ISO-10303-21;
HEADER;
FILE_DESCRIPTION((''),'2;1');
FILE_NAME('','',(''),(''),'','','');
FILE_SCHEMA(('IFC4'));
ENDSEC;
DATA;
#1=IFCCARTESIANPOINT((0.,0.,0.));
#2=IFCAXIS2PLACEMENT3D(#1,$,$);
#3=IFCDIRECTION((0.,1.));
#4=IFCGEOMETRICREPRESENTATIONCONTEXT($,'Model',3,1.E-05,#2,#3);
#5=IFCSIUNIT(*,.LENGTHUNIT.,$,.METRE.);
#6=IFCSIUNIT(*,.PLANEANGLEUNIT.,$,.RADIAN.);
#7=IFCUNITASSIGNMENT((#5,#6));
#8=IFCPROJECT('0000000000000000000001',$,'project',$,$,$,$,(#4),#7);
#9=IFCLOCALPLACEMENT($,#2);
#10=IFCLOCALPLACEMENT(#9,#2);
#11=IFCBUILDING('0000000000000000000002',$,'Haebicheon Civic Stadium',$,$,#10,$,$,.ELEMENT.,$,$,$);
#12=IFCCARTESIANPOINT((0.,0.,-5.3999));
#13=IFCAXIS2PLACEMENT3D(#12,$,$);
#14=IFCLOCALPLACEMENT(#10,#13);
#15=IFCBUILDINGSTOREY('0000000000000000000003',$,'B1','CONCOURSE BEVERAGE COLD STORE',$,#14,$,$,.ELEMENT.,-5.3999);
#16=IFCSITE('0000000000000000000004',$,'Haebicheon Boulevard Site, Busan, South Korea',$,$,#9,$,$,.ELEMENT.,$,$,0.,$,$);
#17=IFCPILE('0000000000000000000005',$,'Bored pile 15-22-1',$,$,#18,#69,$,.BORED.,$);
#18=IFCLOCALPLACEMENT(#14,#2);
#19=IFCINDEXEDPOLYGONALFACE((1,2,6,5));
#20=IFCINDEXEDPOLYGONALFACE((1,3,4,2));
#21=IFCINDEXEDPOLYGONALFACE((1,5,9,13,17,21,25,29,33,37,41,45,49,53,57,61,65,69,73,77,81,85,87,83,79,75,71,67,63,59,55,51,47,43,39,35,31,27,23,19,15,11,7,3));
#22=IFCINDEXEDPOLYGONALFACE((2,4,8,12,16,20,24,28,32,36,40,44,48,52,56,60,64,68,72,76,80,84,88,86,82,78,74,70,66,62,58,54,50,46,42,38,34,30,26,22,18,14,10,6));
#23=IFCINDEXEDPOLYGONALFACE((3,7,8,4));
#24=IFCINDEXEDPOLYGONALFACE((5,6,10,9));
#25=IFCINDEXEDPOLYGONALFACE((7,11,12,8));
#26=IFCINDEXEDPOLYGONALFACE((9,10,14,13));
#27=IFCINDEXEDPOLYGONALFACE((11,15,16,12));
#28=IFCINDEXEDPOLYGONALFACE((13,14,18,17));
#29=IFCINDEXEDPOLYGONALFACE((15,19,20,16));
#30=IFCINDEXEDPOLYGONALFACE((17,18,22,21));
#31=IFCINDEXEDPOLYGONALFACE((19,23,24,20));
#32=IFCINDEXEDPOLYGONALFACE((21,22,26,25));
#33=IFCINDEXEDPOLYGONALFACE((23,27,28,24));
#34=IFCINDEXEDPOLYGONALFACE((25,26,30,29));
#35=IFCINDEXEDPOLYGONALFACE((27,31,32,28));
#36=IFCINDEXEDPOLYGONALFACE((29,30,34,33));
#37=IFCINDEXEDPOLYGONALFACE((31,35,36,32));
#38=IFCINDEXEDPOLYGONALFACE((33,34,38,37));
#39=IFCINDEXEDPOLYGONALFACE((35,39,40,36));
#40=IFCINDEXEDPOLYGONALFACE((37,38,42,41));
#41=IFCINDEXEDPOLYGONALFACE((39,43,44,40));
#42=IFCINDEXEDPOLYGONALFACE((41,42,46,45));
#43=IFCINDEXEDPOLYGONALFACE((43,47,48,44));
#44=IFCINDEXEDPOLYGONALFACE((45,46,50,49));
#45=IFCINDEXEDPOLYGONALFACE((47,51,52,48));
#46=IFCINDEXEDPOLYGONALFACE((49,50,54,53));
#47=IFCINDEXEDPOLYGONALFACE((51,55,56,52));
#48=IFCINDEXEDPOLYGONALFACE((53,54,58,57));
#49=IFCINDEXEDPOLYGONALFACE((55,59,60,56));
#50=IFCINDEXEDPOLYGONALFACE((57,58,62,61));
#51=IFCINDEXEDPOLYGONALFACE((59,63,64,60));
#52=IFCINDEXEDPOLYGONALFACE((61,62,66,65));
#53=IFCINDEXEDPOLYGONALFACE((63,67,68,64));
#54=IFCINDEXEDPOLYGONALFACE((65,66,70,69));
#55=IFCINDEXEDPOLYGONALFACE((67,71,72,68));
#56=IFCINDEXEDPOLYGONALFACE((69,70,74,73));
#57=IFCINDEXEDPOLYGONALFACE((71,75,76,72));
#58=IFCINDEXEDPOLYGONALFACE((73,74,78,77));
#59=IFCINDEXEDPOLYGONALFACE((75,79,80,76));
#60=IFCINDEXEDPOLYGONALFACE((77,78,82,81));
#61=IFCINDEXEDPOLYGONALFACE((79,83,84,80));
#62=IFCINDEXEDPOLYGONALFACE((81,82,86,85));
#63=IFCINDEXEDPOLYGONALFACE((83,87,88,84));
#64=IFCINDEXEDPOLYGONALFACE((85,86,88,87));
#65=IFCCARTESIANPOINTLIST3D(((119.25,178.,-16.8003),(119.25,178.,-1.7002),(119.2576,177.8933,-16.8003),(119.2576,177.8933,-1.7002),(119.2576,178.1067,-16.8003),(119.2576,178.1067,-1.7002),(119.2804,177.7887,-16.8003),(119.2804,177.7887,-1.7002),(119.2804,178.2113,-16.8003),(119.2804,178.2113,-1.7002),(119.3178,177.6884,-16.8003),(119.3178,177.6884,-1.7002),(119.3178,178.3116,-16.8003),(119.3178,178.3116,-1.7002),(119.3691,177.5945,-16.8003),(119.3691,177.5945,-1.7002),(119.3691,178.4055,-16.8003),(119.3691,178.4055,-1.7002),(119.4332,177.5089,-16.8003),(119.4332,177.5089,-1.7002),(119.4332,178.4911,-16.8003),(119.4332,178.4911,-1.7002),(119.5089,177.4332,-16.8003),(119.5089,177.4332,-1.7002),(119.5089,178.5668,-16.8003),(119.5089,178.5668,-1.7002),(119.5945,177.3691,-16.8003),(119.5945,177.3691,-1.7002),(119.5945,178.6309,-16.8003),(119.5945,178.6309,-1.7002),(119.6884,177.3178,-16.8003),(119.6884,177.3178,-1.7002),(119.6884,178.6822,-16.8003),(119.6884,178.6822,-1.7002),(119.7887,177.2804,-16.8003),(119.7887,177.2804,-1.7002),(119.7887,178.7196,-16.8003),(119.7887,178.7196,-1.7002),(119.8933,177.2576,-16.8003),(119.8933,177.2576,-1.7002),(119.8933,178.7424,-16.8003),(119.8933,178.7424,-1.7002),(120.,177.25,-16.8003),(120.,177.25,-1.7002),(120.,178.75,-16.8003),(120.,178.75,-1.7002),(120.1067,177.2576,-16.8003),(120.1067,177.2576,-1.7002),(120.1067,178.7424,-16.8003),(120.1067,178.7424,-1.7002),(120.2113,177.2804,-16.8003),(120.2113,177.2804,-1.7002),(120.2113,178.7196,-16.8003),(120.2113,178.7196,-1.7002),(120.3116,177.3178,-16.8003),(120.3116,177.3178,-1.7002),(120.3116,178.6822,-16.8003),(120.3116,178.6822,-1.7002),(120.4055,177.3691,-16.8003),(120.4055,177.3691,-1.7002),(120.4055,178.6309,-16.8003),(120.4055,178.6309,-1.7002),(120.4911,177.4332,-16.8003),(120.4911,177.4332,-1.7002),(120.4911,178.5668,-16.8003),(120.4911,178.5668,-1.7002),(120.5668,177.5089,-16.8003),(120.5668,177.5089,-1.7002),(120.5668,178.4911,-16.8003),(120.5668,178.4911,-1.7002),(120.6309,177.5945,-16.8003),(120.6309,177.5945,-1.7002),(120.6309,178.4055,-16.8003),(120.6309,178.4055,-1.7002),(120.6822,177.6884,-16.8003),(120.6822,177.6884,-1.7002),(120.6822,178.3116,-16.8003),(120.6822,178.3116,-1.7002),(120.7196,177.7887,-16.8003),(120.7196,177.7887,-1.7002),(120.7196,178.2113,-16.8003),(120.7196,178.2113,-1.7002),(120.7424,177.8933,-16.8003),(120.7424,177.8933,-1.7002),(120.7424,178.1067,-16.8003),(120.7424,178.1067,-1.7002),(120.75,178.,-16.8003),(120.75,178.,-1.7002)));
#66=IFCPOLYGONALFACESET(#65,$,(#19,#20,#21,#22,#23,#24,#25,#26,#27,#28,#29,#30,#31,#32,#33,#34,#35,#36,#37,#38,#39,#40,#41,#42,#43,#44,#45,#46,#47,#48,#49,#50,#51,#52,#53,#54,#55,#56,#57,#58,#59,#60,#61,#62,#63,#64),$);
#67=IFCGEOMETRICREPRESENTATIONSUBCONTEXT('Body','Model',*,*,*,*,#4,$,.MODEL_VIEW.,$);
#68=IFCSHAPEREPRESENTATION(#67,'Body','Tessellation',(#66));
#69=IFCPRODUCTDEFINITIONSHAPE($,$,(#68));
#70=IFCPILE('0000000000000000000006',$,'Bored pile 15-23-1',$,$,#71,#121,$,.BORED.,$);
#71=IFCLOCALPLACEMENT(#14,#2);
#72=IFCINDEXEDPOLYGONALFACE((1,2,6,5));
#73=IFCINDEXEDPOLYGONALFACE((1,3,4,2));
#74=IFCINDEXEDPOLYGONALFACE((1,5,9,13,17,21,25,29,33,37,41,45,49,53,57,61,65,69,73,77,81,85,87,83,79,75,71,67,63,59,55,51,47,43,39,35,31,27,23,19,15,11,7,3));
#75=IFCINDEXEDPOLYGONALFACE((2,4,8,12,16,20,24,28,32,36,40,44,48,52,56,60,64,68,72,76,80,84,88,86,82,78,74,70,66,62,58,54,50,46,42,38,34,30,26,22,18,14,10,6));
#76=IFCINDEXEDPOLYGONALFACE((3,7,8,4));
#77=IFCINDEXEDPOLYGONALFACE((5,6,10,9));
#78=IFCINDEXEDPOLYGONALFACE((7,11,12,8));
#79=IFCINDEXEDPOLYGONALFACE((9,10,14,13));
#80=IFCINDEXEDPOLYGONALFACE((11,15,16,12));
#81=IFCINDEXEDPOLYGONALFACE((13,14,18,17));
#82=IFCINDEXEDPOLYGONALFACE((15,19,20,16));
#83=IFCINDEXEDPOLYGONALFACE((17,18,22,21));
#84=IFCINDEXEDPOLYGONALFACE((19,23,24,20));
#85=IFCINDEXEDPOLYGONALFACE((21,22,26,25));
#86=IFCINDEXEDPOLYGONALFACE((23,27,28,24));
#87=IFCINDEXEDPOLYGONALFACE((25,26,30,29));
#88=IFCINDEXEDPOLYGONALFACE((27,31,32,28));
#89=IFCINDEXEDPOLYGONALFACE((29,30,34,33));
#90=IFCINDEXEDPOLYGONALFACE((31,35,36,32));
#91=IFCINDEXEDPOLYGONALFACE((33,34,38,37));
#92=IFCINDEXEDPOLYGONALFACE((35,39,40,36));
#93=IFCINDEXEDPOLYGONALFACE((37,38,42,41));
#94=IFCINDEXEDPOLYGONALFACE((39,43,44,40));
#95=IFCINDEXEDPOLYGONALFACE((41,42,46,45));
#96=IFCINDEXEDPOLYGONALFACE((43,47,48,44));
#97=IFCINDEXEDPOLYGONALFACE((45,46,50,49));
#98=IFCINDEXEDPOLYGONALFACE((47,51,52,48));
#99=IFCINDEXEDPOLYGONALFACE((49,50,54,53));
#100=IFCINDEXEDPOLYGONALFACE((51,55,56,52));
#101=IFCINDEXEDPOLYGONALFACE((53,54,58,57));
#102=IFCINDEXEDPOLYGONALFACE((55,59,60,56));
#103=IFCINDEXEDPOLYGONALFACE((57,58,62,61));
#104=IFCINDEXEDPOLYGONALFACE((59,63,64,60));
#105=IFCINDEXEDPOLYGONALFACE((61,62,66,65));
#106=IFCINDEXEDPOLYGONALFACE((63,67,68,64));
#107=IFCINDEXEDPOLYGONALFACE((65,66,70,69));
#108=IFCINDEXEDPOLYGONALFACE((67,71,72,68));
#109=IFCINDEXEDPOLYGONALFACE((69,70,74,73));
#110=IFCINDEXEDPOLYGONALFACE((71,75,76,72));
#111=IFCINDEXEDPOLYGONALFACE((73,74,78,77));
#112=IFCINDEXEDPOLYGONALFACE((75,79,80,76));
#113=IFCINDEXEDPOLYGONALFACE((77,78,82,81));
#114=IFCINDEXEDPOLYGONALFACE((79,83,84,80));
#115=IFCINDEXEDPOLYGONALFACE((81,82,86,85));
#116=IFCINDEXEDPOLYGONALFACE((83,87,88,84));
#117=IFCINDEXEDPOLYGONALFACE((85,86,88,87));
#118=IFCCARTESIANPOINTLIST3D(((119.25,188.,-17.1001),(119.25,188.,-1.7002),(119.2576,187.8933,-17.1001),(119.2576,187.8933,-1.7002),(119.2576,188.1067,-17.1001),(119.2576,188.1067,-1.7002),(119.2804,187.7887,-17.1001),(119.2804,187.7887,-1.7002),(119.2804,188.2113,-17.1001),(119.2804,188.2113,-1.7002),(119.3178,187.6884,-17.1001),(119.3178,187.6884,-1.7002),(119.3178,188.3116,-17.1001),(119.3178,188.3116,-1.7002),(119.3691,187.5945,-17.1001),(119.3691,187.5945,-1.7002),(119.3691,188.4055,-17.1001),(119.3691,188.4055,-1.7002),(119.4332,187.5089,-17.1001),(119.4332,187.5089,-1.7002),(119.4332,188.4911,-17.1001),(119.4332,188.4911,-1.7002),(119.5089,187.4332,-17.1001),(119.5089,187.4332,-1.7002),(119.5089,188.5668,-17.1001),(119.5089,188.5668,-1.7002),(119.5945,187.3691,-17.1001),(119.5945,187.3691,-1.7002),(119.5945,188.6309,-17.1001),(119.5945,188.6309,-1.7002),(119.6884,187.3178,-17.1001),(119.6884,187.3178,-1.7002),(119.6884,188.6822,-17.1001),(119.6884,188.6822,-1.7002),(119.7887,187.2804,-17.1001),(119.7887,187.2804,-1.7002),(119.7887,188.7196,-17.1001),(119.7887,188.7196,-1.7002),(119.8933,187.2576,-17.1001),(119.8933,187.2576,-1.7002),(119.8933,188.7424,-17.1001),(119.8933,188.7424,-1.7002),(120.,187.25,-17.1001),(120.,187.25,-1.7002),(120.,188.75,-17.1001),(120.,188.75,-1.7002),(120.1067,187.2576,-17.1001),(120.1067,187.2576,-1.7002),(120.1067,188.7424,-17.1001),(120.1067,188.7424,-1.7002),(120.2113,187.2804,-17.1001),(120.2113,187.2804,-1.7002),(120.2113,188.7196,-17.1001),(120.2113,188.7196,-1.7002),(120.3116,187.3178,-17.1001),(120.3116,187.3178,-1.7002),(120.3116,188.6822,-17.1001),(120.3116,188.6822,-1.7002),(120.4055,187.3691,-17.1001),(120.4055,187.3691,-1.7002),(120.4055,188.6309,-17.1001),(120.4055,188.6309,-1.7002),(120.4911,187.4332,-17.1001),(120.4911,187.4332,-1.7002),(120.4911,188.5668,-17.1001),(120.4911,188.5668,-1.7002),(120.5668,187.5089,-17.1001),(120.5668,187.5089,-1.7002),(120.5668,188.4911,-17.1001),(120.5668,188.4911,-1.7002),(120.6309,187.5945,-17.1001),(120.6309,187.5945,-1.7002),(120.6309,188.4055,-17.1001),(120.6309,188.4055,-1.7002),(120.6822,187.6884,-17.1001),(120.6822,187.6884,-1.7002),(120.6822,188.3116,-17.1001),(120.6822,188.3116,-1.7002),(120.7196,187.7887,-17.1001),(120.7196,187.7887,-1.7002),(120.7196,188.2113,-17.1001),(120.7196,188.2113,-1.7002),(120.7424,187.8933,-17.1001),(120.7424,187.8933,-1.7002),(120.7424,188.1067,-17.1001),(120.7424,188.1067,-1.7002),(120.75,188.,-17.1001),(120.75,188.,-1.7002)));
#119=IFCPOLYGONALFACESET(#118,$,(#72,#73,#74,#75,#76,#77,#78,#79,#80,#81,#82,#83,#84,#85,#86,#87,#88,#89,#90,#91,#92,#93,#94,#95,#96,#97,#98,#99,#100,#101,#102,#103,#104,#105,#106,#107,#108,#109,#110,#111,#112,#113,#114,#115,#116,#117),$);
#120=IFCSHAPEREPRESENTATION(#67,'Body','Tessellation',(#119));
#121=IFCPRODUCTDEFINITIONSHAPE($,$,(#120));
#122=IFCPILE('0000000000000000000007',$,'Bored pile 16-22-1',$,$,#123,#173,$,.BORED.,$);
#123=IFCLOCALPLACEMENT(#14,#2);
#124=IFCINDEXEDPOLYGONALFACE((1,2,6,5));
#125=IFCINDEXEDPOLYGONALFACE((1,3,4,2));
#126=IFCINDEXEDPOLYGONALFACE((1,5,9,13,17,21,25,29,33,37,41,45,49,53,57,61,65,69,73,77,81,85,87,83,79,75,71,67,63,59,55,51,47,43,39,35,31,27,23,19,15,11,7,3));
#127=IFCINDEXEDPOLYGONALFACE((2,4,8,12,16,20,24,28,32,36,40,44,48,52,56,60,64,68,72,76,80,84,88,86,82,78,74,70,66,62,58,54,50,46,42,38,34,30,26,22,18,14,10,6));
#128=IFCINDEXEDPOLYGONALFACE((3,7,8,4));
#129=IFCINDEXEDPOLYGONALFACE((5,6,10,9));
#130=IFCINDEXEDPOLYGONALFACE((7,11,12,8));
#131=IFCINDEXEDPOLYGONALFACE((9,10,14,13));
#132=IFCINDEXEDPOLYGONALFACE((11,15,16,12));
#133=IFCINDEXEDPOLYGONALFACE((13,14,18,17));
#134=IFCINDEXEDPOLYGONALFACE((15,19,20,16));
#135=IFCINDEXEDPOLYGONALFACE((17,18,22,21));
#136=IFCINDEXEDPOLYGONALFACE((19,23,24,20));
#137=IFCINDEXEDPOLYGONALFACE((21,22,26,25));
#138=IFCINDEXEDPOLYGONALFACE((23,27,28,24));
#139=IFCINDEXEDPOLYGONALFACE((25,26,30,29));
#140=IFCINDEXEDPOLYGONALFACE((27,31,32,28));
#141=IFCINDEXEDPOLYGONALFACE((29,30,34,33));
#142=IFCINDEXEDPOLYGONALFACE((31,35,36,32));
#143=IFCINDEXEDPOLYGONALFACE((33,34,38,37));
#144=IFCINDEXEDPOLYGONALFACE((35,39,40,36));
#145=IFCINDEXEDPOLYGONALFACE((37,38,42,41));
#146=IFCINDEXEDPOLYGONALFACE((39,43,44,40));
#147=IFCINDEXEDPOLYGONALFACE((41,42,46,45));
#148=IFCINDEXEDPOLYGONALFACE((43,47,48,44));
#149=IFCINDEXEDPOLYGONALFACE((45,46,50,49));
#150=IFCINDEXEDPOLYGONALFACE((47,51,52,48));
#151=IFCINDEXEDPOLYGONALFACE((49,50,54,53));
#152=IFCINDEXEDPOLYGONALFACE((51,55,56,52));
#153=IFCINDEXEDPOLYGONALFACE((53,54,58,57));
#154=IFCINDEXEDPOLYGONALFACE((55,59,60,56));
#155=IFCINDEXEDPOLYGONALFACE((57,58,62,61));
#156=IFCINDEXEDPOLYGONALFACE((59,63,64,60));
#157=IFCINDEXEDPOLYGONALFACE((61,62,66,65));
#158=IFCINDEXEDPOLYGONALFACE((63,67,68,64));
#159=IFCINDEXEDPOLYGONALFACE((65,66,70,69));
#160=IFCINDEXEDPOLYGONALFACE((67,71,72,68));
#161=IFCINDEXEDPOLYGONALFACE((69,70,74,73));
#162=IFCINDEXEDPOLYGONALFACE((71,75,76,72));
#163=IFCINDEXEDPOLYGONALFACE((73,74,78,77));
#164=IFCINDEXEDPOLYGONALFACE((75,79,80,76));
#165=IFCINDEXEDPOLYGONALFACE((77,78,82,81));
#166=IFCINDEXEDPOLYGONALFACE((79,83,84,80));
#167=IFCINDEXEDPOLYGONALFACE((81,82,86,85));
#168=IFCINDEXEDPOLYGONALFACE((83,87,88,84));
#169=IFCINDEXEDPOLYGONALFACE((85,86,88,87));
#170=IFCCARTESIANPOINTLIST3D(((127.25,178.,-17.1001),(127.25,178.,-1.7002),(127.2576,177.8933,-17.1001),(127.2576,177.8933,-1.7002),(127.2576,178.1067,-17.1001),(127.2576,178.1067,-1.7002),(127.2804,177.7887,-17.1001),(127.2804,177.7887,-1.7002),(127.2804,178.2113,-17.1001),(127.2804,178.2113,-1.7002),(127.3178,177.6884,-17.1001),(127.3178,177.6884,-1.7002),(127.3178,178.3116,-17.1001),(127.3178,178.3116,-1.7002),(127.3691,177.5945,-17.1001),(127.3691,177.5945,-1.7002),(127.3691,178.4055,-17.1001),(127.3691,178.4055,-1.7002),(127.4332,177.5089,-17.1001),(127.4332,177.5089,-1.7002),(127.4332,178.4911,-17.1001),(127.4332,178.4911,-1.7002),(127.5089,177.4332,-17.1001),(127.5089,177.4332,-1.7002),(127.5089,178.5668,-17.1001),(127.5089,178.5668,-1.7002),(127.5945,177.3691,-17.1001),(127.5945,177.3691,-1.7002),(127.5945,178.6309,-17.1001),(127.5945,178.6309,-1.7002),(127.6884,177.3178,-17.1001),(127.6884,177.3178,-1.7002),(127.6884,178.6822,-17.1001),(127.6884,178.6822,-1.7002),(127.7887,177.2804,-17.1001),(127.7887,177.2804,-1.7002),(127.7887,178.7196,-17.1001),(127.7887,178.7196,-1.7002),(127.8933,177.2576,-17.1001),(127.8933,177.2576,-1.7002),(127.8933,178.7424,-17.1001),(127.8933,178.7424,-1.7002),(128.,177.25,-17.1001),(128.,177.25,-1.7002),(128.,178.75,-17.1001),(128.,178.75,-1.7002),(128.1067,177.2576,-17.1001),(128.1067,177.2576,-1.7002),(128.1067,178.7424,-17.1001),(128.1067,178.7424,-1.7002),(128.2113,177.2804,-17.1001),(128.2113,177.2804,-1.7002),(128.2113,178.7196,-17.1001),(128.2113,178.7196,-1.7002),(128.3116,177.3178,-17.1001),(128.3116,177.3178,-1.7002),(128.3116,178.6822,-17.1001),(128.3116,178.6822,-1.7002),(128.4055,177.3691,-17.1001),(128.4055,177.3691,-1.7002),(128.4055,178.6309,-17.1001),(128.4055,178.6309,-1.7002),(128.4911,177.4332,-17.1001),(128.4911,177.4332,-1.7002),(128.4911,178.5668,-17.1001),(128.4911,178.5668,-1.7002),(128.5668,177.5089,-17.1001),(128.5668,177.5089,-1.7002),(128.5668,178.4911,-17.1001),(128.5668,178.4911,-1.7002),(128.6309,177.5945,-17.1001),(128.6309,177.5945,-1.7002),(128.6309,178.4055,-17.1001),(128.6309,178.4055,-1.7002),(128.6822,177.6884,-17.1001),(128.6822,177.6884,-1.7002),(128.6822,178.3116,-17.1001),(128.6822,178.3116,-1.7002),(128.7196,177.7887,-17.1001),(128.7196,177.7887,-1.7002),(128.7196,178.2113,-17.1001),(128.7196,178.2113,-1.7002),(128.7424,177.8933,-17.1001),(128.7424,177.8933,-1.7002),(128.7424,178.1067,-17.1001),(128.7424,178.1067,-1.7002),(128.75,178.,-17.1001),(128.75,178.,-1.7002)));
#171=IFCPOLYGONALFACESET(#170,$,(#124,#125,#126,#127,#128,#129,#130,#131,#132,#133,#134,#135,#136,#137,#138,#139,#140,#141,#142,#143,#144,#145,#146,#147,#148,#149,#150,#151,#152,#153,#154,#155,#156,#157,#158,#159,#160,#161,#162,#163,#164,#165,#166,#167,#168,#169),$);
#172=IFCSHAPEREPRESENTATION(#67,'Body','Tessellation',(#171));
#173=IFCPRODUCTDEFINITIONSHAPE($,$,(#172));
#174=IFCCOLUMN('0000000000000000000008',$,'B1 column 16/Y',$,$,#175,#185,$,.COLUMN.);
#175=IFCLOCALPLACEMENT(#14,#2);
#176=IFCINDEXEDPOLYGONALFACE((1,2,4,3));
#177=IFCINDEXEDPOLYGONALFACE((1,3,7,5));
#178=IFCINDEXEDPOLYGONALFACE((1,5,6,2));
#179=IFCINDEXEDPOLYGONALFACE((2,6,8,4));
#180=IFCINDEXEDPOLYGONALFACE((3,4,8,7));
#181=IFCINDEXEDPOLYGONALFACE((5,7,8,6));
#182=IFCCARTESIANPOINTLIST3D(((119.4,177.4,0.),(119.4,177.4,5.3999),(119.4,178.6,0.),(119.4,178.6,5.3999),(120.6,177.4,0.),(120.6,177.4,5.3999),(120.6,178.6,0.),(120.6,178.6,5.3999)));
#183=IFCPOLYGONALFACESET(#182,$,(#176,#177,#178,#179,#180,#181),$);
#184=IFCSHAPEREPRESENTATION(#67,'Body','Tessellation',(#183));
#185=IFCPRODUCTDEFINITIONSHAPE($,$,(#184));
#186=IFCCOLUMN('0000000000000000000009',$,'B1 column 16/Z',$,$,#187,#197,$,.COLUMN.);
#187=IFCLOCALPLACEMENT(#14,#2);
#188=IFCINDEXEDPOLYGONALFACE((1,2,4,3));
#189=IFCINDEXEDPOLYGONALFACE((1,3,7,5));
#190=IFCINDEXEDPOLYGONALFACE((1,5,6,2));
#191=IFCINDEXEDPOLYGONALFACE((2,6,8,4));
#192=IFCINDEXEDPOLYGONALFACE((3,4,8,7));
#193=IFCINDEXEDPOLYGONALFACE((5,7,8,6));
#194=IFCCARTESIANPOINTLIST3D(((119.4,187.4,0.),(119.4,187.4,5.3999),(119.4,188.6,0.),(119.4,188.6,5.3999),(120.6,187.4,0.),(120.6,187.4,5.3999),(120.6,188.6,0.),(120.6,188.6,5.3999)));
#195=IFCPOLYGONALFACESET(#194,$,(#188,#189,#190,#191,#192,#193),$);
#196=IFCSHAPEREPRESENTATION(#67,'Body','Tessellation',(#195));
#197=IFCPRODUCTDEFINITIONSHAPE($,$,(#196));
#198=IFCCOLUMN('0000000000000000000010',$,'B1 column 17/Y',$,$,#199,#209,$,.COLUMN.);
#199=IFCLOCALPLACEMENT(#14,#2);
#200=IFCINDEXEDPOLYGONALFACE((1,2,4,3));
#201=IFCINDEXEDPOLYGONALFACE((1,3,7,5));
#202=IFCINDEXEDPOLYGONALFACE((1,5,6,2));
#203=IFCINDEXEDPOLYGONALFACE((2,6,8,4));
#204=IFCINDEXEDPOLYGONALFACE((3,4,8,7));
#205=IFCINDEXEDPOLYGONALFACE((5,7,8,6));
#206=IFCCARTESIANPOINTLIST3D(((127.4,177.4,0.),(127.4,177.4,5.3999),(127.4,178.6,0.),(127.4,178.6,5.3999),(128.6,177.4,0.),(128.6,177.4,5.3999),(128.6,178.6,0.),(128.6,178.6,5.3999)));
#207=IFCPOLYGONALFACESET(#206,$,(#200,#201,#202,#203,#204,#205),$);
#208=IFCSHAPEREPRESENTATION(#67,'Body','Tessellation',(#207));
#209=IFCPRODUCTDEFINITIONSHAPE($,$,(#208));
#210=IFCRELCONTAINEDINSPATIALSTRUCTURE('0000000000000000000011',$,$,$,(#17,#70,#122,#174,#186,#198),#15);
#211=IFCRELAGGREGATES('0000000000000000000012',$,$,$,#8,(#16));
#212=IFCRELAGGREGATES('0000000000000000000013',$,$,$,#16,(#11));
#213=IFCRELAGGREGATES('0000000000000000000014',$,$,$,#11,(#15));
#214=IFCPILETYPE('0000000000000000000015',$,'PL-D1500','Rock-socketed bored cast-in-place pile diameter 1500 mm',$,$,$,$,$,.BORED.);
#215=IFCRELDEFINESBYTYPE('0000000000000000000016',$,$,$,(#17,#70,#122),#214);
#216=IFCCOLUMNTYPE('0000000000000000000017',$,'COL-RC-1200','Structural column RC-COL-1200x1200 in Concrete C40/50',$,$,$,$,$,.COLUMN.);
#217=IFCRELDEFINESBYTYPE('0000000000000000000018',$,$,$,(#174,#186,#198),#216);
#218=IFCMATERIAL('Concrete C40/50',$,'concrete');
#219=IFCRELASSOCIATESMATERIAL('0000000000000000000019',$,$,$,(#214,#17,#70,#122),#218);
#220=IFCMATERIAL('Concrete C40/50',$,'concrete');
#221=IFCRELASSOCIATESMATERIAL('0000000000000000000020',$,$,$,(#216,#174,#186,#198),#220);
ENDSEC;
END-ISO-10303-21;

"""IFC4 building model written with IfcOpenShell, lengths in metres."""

from ifc_helpers import new_model, si_unit, direction, frame, origin, origin_2d, place, context, subcontext, project, spatial, rectangle, circle, extrude, material, material_profile, profile_set, type_object, element, save


model = new_model("IFC4")

# Units and contexts
model_context = context("Model", 3, precision=1e-05, world=origin(), true_north=direction((0.0, 1.0)))
body_context = subcontext(model_context, "Body", "Model", "MODEL_VIEW")
ifc_project = project(units=[si_unit("LENGTHUNIT", "METRE"), si_unit("PLANEANGLEUNIT", "RADIAN")], contexts=[model_context])

# Site, building, storey
site_placement = place(None, origin())
site = spatial("IfcSite", under=ifc_project, at=site_placement, Name="Haebicheon Boulevard Site, Busan, South Korea", CompositionType="ELEMENT", RefElevation=0.0)
building_placement = place(site_placement, origin())
building = spatial("IfcBuilding", under=site, at=building_placement, Name="Haebicheon Civic Stadium", CompositionType="ELEMENT")
storey_placement = place(building_placement, frame((0.0, 0.0, -5.3999)))
storey = spatial("IfcBuildingStorey", under=building, at=storey_placement, Name="B1", Description="CONCOURSE BEVERAGE COLD STORE", CompositionType="ELEMENT", Elevation=-5.3999)

# Piles
ifc_material_1 = material(Name="Concrete C40/50", Category="concrete")
ifc_material_profile_1 = material_profile(ifc_material_1, circle(Radius=0.75, at=origin_2d()), Name="PILE-D1500")
ifc_profile_set_1 = profile_set([ifc_material_profile_1], Name="Concrete C40/50")
pile_type_1 = type_object("IfcPileType", Name="PL-D1500", Description="Rock-socketed bored cast-in-place pile diameter 1500 mm", PredefinedType="BORED", material=ifc_profile_set_1)
pile_1_placement = place(storey_placement, frame((120.0, 178.0, -1.7002), z_axis=(0.0, 0.0, -1.0), x_axis=(1.0, 0.0, 0.0)))
element("IfcPile", 1, at=pile_1_placement, inside=storey, type_object=pile_type_1, material=ifc_profile_set_1, Name="Bored pile 15-22-1", PredefinedType="BORED", context=body_context, shape_type="SweptSolid", body=[
    extrude(circle(Radius=0.75, at=origin_2d()), origin(), (0.0, 0.0, 1.0), 15.1001),
])
for number, where, z_axis, x_axis, name in (
    (2, (120.0, 188.0, -1.7002), (0.0, 0.0, -1.0), (1.0, 0.0, 0.0), "Bored pile 15-23-1"),
    (3, (128.0, 178.0, -1.7002), (0.0, 0.0, -1.0), (1.0, 0.0, 0.0), "Bored pile 16-22-1"),
):
    element("IfcPile", number, at=place(storey_placement, frame(where, z_axis=z_axis, x_axis=x_axis)), inside=storey, type_object=pile_type_1, material=ifc_profile_set_1, Name=name, PredefinedType="BORED", context=body_context, shape_type="SweptSolid", body=[
        extrude(circle(Radius=0.75, at=origin_2d()), origin(), (0.0, 0.0, 1.0), 15.3999),
    ])

# Columns
ifc_material_2 = material(Name="Concrete C40/50", Category="concrete")
ifc_material_profile_2 = material_profile(ifc_material_2, rectangle(XDim=1.2, YDim=1.2, at=origin_2d()), Name="RC-COL-1200x1200")
ifc_profile_set_2 = profile_set([ifc_material_profile_2], Name="Concrete C40/50")
column_type = type_object("IfcColumnType", Name="COL-RC-1200", Description="Structural column RC-COL-1200x1200 in Concrete C40/50", PredefinedType="COLUMN", material=ifc_profile_set_2)
for number, where, z_axis, x_axis, name in (
    (4, (120.0, 178.0, 0.0), (0.0, 0.0, 1.0), (1.0, 0.0, 0.0), "B1 column 16/Y"),
    (5, (120.0, 188.0, 0.0), (0.0, 0.0, 1.0), (1.0, 0.0, 0.0), "B1 column 16/Z"),
    (6, (128.0, 178.0, 0.0), (0.0, 0.0, 1.0), (1.0, 0.0, 0.0), "B1 column 17/Y"),
):
    element("IfcColumn", number, at=place(storey_placement, frame(where, z_axis=z_axis, x_axis=x_axis)), inside=storey, type_object=column_type, material=ifc_profile_set_2, Name=name, PredefinedType="COLUMN", context=body_context, shape_type="SweptSolid", body=[
        extrude(rectangle(XDim=1.2, YDim=1.2, at=origin_2d()), origin(), (0.0, 0.0, 1.0), 5.3999),
    ])

save(model, "model.ifc")
